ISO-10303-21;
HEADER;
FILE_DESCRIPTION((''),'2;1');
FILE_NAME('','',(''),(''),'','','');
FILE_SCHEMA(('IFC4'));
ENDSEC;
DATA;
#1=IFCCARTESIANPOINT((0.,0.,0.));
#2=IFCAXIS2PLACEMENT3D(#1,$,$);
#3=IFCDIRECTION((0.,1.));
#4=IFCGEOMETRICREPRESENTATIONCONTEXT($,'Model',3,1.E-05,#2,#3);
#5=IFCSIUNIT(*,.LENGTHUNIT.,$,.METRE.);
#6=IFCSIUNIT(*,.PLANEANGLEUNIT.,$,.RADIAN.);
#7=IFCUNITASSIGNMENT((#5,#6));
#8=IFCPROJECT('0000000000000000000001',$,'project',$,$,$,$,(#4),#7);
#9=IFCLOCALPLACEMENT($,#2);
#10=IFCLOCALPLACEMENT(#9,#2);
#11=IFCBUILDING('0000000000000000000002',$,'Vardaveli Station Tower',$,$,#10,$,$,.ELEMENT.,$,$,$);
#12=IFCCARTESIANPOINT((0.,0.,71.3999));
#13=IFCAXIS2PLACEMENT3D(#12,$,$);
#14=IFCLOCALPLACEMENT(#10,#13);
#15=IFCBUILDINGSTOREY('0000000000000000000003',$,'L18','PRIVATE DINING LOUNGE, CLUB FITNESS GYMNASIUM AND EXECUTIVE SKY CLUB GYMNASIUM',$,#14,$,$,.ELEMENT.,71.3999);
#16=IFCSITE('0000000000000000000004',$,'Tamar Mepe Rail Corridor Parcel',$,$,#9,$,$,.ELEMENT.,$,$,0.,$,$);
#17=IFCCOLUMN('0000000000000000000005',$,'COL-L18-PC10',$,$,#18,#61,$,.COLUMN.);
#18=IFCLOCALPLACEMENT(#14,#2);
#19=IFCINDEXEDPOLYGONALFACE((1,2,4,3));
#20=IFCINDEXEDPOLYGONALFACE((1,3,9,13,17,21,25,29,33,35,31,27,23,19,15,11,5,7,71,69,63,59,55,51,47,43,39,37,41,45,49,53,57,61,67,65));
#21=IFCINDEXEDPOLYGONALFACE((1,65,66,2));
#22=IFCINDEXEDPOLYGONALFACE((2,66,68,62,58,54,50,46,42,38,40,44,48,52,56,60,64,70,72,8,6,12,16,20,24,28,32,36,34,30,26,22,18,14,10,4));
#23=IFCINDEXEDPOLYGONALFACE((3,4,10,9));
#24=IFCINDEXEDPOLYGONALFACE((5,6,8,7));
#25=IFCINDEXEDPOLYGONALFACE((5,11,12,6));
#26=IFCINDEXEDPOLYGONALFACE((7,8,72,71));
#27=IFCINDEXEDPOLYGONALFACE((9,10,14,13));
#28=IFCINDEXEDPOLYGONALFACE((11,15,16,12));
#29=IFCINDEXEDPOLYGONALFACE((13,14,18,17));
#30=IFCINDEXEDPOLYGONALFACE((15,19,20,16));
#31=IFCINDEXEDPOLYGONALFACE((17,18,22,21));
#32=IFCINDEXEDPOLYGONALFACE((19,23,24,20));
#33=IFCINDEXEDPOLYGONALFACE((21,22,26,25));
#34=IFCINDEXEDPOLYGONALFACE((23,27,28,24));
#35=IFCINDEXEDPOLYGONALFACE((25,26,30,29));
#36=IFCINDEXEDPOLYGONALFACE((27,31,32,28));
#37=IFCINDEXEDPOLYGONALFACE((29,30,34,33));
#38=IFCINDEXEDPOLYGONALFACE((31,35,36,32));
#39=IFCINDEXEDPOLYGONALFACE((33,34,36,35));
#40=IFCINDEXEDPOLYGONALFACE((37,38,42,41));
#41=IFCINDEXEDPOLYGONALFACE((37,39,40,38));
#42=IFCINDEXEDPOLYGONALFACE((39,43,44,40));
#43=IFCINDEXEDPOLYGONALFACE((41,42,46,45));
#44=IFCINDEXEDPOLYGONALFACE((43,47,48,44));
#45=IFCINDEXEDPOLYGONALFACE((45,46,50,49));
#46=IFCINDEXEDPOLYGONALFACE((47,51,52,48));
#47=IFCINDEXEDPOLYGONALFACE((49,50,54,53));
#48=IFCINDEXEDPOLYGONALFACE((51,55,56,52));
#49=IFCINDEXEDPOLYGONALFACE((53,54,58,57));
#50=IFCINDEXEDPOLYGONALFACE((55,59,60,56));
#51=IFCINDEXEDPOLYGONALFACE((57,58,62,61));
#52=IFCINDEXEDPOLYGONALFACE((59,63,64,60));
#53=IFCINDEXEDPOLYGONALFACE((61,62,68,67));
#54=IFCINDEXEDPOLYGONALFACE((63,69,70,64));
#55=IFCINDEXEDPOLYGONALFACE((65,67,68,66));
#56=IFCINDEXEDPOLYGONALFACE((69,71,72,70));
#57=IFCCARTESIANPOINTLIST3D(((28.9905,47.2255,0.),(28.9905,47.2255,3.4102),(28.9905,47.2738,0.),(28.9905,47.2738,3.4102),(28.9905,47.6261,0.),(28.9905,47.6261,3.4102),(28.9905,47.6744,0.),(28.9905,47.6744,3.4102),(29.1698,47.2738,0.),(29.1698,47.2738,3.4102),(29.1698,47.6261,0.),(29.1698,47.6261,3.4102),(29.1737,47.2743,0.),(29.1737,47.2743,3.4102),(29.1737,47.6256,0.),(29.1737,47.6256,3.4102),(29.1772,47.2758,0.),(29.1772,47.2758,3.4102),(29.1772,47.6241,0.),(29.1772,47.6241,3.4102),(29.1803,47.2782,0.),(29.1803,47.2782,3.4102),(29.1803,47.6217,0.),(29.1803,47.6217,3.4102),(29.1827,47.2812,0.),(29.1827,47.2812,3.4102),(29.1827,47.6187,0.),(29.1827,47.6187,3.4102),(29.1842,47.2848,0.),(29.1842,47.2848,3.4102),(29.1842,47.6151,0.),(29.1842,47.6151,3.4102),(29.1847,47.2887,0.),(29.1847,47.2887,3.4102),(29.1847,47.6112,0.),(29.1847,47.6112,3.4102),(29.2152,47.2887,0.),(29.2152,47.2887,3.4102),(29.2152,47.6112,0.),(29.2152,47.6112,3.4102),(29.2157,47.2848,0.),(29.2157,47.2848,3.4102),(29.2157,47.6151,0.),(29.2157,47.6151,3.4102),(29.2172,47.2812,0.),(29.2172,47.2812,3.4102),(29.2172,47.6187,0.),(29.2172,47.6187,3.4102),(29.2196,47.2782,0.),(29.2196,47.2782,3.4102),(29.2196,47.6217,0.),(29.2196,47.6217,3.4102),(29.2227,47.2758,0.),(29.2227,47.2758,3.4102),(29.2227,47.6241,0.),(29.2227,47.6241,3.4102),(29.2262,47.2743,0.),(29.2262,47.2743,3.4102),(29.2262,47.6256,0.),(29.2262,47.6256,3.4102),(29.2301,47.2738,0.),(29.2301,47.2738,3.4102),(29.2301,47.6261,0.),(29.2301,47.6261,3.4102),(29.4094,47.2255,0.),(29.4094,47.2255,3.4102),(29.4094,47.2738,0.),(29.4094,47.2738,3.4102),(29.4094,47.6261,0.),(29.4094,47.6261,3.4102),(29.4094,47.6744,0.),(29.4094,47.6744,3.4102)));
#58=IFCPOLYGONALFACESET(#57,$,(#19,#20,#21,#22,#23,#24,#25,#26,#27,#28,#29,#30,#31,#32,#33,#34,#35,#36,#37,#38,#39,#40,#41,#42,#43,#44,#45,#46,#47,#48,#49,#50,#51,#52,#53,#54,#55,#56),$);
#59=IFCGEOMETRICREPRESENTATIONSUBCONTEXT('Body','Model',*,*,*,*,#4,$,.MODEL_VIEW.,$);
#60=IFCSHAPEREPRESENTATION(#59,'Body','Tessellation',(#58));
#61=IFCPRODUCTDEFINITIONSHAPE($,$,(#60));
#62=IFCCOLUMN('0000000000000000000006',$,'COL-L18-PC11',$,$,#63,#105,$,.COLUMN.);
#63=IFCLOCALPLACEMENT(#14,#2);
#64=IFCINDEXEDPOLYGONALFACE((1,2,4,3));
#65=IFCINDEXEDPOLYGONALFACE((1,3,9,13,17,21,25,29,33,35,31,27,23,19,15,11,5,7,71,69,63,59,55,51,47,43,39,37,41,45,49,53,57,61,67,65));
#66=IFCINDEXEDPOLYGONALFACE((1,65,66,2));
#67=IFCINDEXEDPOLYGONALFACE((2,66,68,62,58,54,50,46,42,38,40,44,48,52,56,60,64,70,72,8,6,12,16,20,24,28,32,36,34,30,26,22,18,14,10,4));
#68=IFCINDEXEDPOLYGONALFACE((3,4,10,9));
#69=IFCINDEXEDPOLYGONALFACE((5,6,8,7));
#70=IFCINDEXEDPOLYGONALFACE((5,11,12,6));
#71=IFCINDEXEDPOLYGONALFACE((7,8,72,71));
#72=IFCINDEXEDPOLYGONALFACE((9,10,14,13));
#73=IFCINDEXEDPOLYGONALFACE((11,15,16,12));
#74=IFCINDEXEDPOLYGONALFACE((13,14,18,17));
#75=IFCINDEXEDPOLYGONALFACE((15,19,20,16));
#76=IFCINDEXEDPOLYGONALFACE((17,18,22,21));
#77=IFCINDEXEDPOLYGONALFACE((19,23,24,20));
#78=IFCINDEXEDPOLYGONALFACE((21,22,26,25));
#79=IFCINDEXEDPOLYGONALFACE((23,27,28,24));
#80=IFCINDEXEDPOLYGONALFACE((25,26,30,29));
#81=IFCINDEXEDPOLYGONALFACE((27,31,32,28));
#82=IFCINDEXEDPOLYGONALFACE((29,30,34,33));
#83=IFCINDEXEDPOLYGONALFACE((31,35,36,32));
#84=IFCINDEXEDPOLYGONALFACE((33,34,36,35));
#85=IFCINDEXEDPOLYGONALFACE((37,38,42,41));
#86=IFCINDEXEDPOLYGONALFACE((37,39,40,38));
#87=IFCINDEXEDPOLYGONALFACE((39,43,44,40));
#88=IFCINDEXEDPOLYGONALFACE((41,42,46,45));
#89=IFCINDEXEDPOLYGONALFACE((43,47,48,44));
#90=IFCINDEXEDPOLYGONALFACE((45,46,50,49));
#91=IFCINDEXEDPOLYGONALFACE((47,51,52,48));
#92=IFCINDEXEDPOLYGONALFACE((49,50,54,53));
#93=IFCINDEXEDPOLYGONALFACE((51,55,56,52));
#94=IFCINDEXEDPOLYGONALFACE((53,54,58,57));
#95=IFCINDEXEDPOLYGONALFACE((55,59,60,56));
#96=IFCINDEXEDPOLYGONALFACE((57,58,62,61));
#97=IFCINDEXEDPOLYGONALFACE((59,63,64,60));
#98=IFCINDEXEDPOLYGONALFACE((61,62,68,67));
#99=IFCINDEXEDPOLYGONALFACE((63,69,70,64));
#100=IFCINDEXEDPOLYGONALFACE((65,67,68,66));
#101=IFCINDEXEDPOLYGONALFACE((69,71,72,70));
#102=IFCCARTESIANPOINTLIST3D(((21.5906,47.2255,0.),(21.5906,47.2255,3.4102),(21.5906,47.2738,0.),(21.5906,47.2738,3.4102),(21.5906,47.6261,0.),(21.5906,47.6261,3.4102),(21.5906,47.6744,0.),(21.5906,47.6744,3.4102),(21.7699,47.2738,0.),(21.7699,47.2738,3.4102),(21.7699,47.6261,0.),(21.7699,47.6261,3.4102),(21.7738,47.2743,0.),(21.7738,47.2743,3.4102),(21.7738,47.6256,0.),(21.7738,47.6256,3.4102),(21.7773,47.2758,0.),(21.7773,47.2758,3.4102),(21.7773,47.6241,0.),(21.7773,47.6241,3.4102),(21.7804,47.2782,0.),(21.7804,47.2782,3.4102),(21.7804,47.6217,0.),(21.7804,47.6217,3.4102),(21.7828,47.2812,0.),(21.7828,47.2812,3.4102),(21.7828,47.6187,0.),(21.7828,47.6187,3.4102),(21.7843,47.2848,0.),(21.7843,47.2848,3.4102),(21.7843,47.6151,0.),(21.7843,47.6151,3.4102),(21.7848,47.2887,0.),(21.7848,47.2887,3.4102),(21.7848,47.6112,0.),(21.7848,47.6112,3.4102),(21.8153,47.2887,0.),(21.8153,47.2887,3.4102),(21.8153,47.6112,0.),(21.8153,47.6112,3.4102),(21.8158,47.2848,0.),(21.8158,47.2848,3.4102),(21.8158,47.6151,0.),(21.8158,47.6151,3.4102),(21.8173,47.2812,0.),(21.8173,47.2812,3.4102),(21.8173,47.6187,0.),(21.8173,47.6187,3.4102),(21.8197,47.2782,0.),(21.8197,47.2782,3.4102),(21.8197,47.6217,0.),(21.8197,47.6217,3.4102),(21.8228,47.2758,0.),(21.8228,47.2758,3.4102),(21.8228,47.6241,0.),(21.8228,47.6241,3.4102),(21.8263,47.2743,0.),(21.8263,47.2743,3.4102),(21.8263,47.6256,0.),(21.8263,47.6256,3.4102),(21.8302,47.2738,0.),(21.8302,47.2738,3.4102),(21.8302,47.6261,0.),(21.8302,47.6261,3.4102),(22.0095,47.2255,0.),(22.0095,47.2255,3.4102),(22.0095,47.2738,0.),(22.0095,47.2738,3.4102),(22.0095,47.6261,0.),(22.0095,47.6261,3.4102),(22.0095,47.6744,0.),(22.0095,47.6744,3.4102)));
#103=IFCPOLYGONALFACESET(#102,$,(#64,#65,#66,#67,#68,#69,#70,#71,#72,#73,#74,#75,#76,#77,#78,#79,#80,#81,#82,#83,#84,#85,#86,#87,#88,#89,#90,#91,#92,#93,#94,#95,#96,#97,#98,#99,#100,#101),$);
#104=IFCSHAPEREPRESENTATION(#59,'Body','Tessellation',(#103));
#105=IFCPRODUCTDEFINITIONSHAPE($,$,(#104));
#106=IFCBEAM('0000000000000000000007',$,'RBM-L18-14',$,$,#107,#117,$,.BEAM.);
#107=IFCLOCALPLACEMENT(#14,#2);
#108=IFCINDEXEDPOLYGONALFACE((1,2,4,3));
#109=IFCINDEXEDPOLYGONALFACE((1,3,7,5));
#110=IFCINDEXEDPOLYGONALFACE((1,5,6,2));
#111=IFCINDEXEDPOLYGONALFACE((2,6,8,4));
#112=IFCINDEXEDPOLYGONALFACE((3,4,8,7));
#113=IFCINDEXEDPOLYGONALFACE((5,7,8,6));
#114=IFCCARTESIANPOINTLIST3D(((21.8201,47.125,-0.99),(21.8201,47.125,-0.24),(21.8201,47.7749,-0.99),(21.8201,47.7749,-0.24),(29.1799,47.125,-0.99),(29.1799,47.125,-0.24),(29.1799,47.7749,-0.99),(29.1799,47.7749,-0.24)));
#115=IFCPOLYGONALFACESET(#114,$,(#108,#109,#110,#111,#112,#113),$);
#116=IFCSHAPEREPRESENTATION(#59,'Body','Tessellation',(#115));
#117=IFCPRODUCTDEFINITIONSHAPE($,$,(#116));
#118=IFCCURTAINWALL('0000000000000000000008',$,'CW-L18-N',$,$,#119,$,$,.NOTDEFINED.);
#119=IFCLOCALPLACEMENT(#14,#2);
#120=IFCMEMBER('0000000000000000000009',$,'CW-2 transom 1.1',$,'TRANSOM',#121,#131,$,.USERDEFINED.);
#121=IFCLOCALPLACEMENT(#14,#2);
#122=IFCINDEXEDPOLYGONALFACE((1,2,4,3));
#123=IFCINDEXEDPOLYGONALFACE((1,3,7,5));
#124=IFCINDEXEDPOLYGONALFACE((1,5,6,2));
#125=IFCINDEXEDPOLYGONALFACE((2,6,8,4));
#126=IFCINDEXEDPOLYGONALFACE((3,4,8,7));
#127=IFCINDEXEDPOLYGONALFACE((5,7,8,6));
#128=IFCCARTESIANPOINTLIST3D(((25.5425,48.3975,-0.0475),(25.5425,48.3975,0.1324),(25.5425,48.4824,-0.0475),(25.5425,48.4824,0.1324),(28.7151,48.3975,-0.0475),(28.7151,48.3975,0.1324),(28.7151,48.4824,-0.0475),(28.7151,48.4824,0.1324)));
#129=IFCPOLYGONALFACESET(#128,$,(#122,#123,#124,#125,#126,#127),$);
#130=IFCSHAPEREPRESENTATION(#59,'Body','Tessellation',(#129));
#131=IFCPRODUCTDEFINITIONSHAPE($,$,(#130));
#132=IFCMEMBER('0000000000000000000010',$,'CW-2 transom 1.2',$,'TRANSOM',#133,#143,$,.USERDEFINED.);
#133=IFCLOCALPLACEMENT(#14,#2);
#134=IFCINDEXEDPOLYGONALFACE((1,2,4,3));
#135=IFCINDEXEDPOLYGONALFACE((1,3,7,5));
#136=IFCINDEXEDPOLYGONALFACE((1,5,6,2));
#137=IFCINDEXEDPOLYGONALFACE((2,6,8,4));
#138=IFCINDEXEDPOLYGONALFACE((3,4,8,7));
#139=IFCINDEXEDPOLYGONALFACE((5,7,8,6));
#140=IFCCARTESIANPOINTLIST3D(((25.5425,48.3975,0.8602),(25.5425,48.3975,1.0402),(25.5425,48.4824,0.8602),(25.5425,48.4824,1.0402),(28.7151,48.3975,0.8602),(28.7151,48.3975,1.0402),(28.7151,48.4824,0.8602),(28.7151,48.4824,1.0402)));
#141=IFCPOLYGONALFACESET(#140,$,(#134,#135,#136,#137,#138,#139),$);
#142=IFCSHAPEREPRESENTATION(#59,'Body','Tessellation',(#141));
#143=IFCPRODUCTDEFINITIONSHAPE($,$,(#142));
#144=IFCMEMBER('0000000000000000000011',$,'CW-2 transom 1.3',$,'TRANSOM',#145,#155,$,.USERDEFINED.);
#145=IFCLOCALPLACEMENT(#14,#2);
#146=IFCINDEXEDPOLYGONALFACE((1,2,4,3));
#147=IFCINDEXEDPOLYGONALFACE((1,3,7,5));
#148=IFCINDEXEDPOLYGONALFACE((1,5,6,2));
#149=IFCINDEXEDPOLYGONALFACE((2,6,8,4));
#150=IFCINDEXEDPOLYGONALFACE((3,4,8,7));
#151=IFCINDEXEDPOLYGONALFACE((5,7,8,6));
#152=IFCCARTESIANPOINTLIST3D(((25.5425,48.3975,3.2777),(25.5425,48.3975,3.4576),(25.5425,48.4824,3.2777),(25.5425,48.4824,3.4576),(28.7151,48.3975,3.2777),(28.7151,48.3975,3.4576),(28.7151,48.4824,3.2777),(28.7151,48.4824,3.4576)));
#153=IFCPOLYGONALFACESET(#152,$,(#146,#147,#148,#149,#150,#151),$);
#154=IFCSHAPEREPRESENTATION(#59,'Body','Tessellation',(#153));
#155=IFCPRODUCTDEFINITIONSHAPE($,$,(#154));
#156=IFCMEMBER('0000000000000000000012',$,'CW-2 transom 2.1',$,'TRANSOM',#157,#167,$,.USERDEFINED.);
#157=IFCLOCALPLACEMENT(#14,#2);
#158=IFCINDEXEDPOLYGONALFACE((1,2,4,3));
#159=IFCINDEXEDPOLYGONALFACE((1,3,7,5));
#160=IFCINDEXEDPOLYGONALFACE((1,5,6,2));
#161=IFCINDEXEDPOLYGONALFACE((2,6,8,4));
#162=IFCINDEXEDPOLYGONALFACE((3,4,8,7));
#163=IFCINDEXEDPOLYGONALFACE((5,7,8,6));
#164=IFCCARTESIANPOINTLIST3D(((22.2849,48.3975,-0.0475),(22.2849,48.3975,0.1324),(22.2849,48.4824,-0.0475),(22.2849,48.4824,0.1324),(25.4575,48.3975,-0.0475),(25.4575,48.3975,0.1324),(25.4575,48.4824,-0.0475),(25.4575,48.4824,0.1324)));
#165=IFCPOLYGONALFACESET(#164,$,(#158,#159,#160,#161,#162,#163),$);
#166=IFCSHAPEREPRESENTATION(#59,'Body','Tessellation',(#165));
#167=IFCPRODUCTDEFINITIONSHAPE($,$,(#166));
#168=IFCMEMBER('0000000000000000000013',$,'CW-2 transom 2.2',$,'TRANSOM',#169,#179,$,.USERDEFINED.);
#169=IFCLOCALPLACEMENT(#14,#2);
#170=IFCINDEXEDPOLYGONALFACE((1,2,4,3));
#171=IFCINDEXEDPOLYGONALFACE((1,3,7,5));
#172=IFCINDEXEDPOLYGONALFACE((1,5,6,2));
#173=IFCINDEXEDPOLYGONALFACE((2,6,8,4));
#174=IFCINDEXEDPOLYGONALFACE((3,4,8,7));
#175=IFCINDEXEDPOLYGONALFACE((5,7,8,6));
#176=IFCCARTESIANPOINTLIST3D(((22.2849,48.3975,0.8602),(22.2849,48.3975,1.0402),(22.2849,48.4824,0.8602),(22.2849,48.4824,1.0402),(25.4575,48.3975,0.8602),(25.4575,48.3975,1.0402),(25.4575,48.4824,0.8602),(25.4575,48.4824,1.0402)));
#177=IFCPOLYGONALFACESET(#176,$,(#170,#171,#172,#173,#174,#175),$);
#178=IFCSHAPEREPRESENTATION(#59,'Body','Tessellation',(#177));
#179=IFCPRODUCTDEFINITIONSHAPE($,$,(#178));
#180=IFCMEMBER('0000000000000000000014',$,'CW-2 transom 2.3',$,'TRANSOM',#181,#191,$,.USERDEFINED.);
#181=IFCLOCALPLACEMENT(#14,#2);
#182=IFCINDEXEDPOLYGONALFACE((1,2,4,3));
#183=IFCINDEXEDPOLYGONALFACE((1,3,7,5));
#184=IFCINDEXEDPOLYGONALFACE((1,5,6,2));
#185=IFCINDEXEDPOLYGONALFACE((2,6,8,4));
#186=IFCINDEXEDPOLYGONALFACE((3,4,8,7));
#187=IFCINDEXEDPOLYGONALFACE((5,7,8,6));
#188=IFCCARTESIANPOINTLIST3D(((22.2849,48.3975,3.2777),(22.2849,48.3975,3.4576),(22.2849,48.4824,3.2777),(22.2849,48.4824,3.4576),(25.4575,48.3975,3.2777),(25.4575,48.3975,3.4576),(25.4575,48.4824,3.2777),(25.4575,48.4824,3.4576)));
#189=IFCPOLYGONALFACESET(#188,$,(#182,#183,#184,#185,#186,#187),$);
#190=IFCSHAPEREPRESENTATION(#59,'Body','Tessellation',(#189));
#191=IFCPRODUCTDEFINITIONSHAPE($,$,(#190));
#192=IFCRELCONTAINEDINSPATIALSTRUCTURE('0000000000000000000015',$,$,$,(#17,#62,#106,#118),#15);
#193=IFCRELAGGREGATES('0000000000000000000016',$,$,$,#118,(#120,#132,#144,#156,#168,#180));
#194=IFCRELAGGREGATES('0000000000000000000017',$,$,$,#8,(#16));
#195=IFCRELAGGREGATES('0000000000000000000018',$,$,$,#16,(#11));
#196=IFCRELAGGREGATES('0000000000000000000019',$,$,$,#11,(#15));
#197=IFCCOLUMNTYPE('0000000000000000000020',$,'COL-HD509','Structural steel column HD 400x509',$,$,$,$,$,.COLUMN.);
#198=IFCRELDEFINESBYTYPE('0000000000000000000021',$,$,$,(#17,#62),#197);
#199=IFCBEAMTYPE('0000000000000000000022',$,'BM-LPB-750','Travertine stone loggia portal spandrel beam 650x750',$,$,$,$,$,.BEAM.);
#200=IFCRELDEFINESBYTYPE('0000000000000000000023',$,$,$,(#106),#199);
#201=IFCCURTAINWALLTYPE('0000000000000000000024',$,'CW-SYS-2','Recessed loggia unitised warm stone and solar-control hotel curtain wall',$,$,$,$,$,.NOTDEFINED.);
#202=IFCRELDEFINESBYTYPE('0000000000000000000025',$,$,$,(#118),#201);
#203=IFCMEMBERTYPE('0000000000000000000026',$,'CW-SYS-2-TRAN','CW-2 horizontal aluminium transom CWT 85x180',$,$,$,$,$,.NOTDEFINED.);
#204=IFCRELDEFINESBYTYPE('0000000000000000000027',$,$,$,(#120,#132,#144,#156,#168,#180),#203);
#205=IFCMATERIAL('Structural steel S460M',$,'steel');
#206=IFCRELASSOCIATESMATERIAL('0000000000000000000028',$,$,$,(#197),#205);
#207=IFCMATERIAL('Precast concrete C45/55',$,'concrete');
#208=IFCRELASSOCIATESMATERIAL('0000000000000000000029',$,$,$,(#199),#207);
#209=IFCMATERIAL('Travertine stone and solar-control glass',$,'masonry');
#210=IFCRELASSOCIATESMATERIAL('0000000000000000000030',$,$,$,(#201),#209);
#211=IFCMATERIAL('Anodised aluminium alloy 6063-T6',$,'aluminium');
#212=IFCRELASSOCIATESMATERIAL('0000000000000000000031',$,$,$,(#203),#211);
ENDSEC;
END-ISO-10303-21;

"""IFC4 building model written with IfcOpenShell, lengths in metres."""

from ifc_helpers import new_model, si_unit, direction, frame, origin, origin_2d, place, context, subcontext, project, spatial, rectangle, i_section, extrude, source, transform, mapped, material, material_profile, profile_set, type_object, element, aggregate, save


model = new_model("IFC4")

# Units and contexts
model_context = context("Model", 3, precision=1e-05, world=origin(), true_north=direction((0.0, 1.0)))
body_context = subcontext(model_context, "Body", "Model", "MODEL_VIEW")
ifc_project = project(units=[si_unit("LENGTHUNIT", "METRE"), si_unit("PLANEANGLEUNIT", "RADIAN")], contexts=[model_context])

# Site, building, storey
site_placement = place(None, origin())
site = spatial("IfcSite", under=ifc_project, at=site_placement, Name="Tamar Mepe Rail Corridor Parcel", CompositionType="ELEMENT", RefElevation=0.0)
building_placement = place(site_placement, origin())
building = spatial("IfcBuilding", under=site, at=building_placement, Name="Vardaveli Station Tower", CompositionType="ELEMENT")
storey_placement = place(building_placement, frame((0.0, 0.0, 71.3999)))
storey = spatial("IfcBuildingStorey", under=building, at=storey_placement, Name="L18", Description="PRIVATE DINING LOUNGE, CLUB FITNESS GYMNASIUM AND EXECUTIVE SKY CLUB GYMNASIUM", CompositionType="ELEMENT", Elevation=71.3999)

# Columns
ifc_material_1 = material(Name="Structural steel S460M", Category="steel")
ifc_material_profile_1 = material_profile(ifc_material_1, i_section(OverallWidth=0.4189, OverallDepth=0.449, WebThickness=0.0305, FlangeThickness=0.0483, FilletRadius=0.0149, at=origin_2d()), Name="HD 400x509")
ifc_profile_set_1 = profile_set([ifc_material_profile_1], Name="Structural steel S460M")
column_type = type_object("IfcColumnType", Name="COL-HD509", Description="Structural steel column HD 400x509", PredefinedType="COLUMN", material=ifc_profile_set_1)
shared_shape_1 = source(origin(), body_context, "Body", "SweptSolid", [
    extrude(i_section(OverallWidth=0.4189, OverallDepth=0.449, WebThickness=0.0305, FlangeThickness=0.0483, FilletRadius=0.0149, at=origin_2d()), origin(), (0.0, 0.0, 1.0), 3.4102),
])
for number, where, z_axis, x_axis, name in (
    (1, (29.2, 47.45, 0.0), (0.0, 0.0, 1.0), (1.0, 0.0, 0.0), "COL-L18-PC10"),
    (2, (21.8, 47.45, 0.0), (0.0, 0.0, 1.0), (1.0, 0.0, 0.0), "COL-L18-PC11"),
):
    element("IfcColumn", number, at=place(storey_placement, frame(where, z_axis=z_axis, x_axis=x_axis)), inside=storey, type_object=column_type, Name=name, PredefinedType="COLUMN", context=body_context, shape_type="MappedRepresentation", body=[
        mapped(shared_shape_1, transform((0.0, 0.0, 0.0), scale=1.0)),
    ])

# Beam
ifc_material_2 = material(Name="Precast concrete C45/55", Category="concrete")
ifc_material_profile_2 = material_profile(ifc_material_2, rectangle(XDim=0.6499, YDim=0.75, at=origin_2d()), Name="LPB 650x750")
ifc_profile_set_2 = profile_set([ifc_material_profile_2], Name="Precast concrete C45/55")
beam_type = type_object("IfcBeamType", Name="BM-LPB-750", Description="Travertine stone loggia portal spandrel beam 650x750", PredefinedType="BEAM", material=ifc_profile_set_2)
shared_shape_2 = source(origin(), body_context, "Body", "SweptSolid", [
    extrude(rectangle(XDim=0.6499, YDim=0.75, at=origin_2d()), origin(), (0.0, 0.0, 1.0), 7.3599),
])
beam_placement = place(storey_placement, frame((29.1799, 47.45, -0.615), z_axis=(-1.0, 0.0, 0.0), x_axis=(0.0, -1.0, 0.0)))
element("IfcBeam", 3, at=beam_placement, inside=storey, type_object=beam_type, Name="RBM-L18-14", PredefinedType="BEAM", context=body_context, shape_type="MappedRepresentation", body=[
    mapped(shared_shape_2, transform((0.0, 0.0, 0.0), scale=1.0)),
])

# Curtain wall, members
ifc_material_3 = material(Name="Travertine stone and solar-control glass", Category="masonry")
curtain_wall_type = type_object("IfcCurtainWallType", Name="CW-SYS-2", Description="Recessed loggia unitised warm stone and solar-control hotel curtain wall", PredefinedType="NOTDEFINED", material=ifc_material_3)
curtain_wall_placement = place(storey_placement, origin())
curtain_wall = element("IfcCurtainWall", 4, at=curtain_wall_placement, inside=storey, type_object=curtain_wall_type, Name="CW-L18-N", PredefinedType="NOTDEFINED")
ifc_material_4 = material(Name="Anodised aluminium alloy 6063-T6", Category="aluminium")
ifc_material_profile_3 = material_profile(ifc_material_4, rectangle(XDim=0.085, YDim=0.1799, at=origin_2d()), Name="CWT 85x180")
ifc_profile_set_3 = profile_set([ifc_material_profile_3], Name="Anodised aluminium alloy 6063-T6")
member_type_1 = type_object("IfcMemberType", Name="CW-SYS-2-TRAN", Description="CW-2 horizontal aluminium transom CWT 85x180", PredefinedType="NOTDEFINED", material=ifc_profile_set_3)
shared_shape_3 = source(origin(), body_context, "Body", "SweptSolid", [
    extrude(rectangle(XDim=0.085, YDim=0.1799, at=origin_2d()), origin(), (0.0, 0.0, 1.0), 3.1726),
])
member_1_placement = place(storey_placement, frame((28.7151, 48.4399, 0.0425), z_axis=(-1.0, 0.0, 0.0), x_axis=(0.0, -1.0, 0.0)))
member_1 = element("IfcMember", 5, at=member_1_placement, type_object=member_type_1, Name="CW-2 transom 1.1", ObjectType="TRANSOM", PredefinedType="USERDEFINED", context=body_context, shape_type="MappedRepresentation", body=[
    mapped(shared_shape_3, transform((0.0, 0.0, 0.0), scale=1.0)),
])
member_2_placement = place(storey_placement, frame((28.7151, 48.4399, 0.9502), z_axis=(-1.0, 0.0, 0.0), x_axis=(0.0, -1.0, 0.0)))
member_2 = element("IfcMember", 6, at=member_2_placement, type_object=member_type_1, Name="CW-2 transom 1.2", ObjectType="TRANSOM", PredefinedType="USERDEFINED", context=body_context, shape_type="MappedRepresentation", body=[
    mapped(shared_shape_3, transform((0.0, 0.0, 0.0), scale=1.0)),
])
member_3_placement = place(storey_placement, frame((28.7151, 48.4399, 3.3677), z_axis=(-1.0, 0.0, 0.0), x_axis=(0.0, -1.0, 0.0)))
member_3 = element("IfcMember", 7, at=member_3_placement, type_object=member_type_1, Name="CW-2 transom 1.3", ObjectType="TRANSOM", PredefinedType="USERDEFINED", context=body_context, shape_type="MappedRepresentation", body=[
    mapped(shared_shape_3, transform((0.0, 0.0, 0.0), scale=1.0)),
])
member_4_placement = place(storey_placement, frame((25.4575, 48.4399, 0.0425), z_axis=(-1.0, 0.0, 0.0), x_axis=(0.0, -1.0, 0.0)))
member_4 = element("IfcMember", 8, at=member_4_placement, type_object=member_type_1, Name="CW-2 transom 2.1", ObjectType="TRANSOM", PredefinedType="USERDEFINED", context=body_context, shape_type="MappedRepresentation", body=[
    mapped(shared_shape_3, transform((0.0, 0.0, 0.0), scale=1.0)),
])
member_5_placement = place(storey_placement, frame((25.4575, 48.4399, 0.9502), z_axis=(-1.0, 0.0, 0.0), x_axis=(0.0, -1.0, 0.0)))
member_5 = element("IfcMember", 9, at=member_5_placement, type_object=member_type_1, Name="CW-2 transom 2.2", ObjectType="TRANSOM", PredefinedType="USERDEFINED", context=body_context, shape_type="MappedRepresentation", body=[
    mapped(shared_shape_3, transform((0.0, 0.0, 0.0), scale=1.0)),
])
member_6_placement = place(storey_placement, frame((25.4575, 48.4399, 3.3677), z_axis=(-1.0, 0.0, 0.0), x_axis=(0.0, -1.0, 0.0)))
member_6 = element("IfcMember", 10, at=member_6_placement, type_object=member_type_1, Name="CW-2 transom 2.3", ObjectType="TRANSOM", PredefinedType="USERDEFINED", context=body_context, shape_type="MappedRepresentation", body=[
    mapped(shared_shape_3, transform((0.0, 0.0, 0.0), scale=1.0)),
])
aggregate(curtain_wall, [member_1, member_2, member_3, member_4, member_5, member_6])

save(model, "model.ifc")
